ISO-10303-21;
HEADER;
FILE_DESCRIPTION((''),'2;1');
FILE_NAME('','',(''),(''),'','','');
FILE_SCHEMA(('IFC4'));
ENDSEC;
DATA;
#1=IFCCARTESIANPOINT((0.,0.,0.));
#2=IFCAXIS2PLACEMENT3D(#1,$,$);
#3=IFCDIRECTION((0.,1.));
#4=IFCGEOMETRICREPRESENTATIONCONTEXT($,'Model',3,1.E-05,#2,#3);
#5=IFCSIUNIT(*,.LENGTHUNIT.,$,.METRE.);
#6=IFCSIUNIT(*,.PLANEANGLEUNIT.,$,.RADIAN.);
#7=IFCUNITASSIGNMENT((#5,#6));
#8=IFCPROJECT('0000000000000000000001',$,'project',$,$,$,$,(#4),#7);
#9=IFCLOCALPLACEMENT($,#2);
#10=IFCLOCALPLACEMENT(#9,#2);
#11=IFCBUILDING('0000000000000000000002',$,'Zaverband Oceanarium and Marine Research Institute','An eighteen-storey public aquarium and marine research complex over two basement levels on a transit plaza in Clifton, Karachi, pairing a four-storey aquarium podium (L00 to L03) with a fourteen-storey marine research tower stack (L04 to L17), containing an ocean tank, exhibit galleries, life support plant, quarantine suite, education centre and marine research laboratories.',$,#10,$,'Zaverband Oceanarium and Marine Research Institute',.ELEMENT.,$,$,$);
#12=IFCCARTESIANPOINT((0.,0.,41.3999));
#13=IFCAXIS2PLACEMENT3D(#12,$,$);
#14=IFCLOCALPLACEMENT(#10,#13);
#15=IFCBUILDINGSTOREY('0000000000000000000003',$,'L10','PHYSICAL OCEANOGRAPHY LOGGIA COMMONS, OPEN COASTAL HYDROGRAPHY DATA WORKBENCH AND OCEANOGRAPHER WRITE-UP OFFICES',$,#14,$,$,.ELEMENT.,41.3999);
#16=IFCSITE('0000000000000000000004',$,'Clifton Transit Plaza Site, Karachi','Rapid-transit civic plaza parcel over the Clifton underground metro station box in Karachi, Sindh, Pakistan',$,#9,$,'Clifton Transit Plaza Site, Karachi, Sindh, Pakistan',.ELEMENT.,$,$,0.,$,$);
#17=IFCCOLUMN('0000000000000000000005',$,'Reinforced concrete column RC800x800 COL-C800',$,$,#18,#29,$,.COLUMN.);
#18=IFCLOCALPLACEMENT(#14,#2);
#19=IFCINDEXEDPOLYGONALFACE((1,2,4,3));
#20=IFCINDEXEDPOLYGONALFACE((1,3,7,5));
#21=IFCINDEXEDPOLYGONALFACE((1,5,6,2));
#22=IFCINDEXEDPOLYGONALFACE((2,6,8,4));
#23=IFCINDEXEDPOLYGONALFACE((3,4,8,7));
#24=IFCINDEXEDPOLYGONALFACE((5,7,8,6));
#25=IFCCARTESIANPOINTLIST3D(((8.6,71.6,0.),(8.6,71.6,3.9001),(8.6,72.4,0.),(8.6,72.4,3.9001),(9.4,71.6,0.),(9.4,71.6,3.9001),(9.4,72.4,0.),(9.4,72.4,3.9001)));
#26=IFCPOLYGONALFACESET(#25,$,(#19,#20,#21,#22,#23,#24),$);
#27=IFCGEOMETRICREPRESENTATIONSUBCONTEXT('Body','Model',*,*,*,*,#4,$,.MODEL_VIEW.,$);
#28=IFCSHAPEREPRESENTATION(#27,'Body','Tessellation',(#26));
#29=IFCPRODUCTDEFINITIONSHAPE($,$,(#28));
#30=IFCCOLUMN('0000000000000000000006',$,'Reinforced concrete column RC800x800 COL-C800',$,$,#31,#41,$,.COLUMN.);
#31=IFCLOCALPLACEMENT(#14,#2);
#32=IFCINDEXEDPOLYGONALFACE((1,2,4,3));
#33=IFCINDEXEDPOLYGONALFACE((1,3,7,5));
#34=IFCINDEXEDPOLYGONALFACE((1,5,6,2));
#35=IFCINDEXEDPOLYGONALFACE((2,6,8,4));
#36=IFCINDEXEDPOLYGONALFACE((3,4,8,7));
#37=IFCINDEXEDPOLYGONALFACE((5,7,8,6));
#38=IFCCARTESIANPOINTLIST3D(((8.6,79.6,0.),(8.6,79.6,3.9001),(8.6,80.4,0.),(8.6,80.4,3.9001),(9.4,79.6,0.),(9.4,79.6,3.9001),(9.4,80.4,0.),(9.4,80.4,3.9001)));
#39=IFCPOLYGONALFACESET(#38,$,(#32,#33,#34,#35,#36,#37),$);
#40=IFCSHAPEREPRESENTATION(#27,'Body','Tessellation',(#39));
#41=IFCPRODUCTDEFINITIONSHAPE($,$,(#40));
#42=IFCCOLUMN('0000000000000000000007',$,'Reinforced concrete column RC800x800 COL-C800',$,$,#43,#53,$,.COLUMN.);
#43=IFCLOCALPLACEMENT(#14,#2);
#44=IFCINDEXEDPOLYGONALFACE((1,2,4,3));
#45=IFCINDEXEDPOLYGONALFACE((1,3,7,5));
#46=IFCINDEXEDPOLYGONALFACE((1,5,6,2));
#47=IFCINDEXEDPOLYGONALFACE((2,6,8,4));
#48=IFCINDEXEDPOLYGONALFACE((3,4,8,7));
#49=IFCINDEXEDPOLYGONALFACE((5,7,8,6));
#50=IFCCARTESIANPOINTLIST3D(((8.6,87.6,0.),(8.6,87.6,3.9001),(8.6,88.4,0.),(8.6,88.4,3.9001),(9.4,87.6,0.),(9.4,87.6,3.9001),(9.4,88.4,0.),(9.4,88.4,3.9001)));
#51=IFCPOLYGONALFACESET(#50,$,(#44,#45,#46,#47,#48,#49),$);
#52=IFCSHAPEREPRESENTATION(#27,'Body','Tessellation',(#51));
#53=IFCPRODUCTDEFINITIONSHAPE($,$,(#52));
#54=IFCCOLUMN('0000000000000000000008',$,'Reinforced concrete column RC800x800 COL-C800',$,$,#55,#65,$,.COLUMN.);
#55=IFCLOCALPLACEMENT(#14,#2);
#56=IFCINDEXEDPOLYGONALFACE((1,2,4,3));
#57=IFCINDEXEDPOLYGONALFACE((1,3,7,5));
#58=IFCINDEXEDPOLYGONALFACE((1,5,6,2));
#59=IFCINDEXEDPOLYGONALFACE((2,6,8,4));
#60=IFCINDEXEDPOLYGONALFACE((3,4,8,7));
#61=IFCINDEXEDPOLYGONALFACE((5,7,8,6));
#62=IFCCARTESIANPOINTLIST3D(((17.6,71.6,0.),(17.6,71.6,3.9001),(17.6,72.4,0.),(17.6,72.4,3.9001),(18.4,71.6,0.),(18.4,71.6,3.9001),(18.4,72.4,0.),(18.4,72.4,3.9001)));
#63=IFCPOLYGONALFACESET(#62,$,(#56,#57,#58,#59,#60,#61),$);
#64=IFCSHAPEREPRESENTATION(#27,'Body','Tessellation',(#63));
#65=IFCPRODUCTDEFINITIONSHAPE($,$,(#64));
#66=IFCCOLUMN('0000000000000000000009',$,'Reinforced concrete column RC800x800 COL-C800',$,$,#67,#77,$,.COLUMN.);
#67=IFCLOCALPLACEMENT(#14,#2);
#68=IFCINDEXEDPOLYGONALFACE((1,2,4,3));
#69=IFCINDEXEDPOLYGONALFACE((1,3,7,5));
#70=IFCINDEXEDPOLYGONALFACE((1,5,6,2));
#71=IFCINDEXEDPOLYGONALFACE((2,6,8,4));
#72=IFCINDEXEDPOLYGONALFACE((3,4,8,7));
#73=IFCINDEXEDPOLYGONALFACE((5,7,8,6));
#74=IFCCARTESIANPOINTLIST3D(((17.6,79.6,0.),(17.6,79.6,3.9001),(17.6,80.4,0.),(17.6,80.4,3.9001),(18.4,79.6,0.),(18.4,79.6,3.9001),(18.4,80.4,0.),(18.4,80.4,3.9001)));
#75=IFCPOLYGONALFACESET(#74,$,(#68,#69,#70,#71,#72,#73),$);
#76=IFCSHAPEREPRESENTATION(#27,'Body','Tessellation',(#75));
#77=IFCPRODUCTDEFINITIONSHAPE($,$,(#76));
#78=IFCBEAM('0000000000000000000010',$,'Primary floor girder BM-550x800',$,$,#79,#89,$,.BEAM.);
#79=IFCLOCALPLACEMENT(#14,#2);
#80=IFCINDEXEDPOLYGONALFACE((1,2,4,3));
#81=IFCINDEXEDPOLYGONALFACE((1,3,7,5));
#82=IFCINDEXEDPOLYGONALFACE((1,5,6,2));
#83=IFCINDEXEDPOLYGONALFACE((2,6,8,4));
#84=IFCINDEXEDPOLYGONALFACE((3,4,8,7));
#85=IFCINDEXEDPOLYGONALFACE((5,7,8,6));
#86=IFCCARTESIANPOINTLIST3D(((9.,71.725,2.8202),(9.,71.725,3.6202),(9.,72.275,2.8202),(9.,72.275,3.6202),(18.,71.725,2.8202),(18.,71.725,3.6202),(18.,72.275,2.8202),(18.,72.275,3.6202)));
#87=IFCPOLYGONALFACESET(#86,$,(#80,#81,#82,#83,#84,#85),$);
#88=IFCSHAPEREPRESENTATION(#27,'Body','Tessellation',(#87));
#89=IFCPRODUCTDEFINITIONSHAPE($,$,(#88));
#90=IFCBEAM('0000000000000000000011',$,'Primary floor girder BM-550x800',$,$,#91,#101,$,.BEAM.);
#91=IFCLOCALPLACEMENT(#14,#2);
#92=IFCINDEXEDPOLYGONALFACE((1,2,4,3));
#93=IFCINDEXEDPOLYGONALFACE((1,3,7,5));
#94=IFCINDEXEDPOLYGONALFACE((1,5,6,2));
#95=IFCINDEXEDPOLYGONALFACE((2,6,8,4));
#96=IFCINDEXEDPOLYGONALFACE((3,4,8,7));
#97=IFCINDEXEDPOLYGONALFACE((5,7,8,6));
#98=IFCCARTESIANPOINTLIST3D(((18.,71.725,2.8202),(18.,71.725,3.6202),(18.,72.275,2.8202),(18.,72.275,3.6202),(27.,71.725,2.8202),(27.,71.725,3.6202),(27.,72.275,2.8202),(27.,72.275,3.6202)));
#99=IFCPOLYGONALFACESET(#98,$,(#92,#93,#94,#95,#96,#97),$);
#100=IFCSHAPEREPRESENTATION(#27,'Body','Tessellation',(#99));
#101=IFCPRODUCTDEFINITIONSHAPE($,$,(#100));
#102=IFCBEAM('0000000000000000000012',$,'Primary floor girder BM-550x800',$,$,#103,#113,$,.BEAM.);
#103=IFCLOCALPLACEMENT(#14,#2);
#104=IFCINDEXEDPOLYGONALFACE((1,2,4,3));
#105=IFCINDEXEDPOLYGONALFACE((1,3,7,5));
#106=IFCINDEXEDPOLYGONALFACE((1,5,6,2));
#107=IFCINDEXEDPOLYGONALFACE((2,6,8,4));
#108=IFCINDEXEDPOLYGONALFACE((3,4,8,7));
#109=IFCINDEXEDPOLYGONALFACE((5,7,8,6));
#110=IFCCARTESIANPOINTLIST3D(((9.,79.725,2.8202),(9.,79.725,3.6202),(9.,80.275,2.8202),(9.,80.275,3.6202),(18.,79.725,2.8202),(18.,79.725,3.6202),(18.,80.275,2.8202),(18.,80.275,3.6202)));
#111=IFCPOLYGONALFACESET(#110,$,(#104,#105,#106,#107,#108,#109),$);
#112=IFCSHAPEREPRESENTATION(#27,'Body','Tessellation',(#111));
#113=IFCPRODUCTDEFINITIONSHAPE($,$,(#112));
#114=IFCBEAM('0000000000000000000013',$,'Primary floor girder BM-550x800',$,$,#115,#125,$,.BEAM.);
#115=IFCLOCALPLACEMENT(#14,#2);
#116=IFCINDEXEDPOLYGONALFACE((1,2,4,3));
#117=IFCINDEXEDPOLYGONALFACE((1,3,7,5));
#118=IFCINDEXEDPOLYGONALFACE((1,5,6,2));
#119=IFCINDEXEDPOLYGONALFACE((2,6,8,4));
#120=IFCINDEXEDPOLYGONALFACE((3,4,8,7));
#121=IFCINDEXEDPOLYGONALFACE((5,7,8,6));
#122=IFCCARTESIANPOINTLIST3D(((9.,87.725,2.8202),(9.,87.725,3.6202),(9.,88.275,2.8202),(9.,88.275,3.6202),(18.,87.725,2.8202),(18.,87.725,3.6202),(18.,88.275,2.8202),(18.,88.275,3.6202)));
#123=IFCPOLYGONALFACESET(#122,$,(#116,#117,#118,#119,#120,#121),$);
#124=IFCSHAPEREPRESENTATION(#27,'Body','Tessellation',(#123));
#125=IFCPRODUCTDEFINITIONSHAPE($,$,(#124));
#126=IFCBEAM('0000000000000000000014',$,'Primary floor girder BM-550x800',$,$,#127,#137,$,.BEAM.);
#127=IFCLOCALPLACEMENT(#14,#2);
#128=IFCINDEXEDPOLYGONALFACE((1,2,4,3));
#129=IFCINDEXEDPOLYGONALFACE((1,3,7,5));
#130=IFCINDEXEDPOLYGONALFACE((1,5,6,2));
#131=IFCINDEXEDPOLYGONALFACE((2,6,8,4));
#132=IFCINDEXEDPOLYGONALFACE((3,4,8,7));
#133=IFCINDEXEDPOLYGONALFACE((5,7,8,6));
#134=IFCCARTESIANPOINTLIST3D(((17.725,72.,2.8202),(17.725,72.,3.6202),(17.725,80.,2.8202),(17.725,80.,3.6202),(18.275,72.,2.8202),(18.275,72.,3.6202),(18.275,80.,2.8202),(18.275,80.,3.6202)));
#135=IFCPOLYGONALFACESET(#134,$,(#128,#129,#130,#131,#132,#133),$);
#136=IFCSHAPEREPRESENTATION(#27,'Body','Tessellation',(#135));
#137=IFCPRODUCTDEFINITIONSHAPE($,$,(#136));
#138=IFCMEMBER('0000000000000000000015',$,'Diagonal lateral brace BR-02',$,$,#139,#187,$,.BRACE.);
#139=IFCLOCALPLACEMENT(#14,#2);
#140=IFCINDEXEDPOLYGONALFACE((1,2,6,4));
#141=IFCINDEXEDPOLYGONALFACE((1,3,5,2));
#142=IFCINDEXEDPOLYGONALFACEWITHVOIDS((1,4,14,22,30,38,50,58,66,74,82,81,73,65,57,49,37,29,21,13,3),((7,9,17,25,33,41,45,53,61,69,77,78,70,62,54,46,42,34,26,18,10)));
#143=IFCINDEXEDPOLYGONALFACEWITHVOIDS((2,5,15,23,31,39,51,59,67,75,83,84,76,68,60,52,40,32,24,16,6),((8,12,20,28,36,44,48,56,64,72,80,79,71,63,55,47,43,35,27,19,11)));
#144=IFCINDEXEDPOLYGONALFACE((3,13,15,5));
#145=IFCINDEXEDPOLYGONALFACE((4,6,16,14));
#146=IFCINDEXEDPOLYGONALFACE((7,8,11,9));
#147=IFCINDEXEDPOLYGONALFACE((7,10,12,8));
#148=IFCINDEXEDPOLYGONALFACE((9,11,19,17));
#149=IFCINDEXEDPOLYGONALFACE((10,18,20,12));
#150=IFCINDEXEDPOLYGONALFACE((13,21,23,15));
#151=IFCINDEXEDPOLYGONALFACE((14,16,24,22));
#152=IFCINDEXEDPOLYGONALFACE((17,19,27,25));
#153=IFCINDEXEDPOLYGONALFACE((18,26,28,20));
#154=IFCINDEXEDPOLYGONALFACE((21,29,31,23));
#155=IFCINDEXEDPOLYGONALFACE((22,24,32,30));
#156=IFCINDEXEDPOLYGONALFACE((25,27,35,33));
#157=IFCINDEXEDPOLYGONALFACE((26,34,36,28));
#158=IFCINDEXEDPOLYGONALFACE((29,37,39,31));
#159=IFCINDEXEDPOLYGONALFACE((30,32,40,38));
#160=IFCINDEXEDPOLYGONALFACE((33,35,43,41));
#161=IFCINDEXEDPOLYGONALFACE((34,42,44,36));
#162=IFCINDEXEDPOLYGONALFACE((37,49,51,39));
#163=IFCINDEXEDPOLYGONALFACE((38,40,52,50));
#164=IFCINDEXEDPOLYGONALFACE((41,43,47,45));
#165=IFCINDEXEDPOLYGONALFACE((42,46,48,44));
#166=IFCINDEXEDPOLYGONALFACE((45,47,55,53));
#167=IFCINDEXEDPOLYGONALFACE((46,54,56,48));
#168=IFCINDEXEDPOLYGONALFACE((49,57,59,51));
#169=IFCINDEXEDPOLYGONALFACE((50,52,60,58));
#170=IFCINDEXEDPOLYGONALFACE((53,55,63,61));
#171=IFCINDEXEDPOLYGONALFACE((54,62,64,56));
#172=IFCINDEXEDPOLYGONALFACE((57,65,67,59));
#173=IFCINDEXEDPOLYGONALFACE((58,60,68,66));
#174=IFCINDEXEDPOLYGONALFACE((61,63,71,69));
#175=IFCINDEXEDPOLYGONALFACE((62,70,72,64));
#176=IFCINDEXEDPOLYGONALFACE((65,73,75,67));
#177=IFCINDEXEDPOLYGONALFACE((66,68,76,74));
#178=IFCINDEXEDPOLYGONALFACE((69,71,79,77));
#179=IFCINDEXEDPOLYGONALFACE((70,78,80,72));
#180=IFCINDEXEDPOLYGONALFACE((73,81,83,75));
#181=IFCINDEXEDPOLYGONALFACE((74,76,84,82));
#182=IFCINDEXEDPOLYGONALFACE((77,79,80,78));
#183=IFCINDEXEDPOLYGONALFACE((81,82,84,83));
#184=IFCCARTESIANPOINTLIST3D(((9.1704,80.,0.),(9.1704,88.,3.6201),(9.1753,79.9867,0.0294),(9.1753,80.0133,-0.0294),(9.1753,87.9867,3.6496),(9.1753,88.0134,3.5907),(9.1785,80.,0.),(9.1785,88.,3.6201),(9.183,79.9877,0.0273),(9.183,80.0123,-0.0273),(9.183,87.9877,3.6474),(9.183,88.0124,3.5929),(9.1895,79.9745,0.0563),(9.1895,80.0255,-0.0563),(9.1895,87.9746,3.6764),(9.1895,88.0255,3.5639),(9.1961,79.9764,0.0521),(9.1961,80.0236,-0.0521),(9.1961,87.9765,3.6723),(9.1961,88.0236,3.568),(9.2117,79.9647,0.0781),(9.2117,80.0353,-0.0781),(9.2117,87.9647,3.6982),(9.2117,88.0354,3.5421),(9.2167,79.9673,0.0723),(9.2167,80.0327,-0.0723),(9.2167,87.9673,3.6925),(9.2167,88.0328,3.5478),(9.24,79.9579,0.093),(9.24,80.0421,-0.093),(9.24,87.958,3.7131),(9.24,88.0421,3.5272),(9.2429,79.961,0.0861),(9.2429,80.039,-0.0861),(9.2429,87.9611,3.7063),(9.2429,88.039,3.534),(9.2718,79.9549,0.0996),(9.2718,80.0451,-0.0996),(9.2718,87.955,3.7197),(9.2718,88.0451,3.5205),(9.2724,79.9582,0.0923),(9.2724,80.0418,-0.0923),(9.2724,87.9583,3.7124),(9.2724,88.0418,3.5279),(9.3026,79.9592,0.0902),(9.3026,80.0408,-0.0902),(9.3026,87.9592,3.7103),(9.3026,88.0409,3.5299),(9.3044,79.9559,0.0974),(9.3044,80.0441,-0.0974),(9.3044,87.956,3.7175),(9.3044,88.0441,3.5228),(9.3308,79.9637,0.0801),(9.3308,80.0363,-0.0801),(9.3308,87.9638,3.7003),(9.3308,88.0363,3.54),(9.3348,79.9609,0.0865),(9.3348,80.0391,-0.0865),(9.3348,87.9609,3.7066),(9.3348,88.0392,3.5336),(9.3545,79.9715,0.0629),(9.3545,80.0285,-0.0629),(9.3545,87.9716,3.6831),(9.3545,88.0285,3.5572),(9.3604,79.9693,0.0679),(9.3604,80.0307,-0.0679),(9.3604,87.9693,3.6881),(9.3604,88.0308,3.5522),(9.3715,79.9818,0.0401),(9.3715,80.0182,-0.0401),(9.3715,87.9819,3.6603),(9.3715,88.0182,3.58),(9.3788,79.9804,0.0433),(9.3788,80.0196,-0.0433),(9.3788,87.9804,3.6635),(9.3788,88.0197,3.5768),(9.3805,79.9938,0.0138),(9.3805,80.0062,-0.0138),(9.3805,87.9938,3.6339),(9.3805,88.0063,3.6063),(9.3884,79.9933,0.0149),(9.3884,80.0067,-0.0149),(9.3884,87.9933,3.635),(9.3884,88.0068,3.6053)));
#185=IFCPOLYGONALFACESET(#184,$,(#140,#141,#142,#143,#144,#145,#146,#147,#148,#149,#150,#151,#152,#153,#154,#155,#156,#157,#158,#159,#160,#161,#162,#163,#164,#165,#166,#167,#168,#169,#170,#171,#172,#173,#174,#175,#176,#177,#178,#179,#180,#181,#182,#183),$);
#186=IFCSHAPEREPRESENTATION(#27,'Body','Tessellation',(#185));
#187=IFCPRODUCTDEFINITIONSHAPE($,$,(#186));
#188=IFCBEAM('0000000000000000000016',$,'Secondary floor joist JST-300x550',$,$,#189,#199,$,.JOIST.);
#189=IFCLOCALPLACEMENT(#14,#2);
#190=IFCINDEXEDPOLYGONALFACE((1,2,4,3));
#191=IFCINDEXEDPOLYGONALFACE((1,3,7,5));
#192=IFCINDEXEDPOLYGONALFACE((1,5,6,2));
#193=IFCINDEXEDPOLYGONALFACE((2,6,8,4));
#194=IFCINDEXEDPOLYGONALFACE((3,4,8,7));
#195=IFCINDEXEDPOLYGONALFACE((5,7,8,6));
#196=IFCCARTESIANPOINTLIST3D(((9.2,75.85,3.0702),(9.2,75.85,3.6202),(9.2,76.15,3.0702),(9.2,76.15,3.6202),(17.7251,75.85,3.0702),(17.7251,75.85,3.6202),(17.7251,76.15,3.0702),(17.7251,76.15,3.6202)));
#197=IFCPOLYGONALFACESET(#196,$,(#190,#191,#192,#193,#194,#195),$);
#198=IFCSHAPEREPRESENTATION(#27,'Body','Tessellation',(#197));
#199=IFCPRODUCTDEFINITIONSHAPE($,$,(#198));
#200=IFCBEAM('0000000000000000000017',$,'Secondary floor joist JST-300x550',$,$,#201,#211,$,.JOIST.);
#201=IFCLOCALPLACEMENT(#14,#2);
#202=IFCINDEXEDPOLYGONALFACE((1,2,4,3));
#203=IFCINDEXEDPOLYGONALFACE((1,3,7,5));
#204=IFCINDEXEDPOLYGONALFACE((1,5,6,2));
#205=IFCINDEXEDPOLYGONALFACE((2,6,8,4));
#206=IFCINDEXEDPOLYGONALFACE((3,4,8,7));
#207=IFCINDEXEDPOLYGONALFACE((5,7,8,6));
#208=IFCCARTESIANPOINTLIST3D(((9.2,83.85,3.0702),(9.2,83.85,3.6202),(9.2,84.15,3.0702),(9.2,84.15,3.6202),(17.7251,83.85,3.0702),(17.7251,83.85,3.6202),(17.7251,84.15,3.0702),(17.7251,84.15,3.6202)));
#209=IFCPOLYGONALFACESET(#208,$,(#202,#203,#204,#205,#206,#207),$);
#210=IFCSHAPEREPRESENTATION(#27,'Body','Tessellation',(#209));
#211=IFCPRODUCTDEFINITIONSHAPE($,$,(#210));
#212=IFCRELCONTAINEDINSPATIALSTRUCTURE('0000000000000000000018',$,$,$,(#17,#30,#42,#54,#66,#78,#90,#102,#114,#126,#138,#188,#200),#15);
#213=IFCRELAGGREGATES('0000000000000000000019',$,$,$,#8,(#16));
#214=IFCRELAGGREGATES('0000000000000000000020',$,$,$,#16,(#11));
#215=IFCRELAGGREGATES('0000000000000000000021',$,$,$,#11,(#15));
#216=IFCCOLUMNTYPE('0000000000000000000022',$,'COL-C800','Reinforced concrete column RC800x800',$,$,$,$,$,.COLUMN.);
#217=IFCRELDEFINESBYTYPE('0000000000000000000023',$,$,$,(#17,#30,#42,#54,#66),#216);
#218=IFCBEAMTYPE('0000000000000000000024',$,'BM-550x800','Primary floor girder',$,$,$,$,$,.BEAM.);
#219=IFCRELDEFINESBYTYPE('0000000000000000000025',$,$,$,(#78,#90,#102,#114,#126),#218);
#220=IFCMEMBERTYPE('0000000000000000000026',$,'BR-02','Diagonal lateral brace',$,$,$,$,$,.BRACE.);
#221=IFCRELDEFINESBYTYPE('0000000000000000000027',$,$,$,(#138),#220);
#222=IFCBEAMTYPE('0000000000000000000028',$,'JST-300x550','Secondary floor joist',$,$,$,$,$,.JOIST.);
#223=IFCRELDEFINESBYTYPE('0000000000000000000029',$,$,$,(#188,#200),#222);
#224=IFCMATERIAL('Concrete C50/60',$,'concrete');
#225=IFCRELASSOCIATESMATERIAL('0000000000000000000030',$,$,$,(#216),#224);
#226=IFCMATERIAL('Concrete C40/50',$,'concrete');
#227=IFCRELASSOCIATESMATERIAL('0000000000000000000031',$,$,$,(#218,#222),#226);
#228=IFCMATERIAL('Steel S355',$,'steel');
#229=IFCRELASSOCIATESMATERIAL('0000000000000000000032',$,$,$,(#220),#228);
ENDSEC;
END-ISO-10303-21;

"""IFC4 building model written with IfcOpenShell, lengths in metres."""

from ifc_helpers import new_model, si_unit, direction, frame, origin, origin_2d, place, context, subcontext, project, spatial, rectangle, hollow_circle, extrude, material, material_profile, profile_set, type_object, element, save


model = new_model("IFC4")

# Units and contexts
model_context = context("Model", 3, precision=1e-05, world=origin(), true_north=direction((0.0, 1.0)))
body_context = subcontext(model_context, "Body", "Model", "MODEL_VIEW")
ifc_project = project(units=[si_unit("LENGTHUNIT", "METRE"), si_unit("PLANEANGLEUNIT", "RADIAN")], contexts=[model_context])

# Site, building, storey
site_placement = place(None, origin())
site = spatial("IfcSite", under=ifc_project, at=site_placement, Name="Clifton Transit Plaza Site, Karachi", Description="Rapid-transit civic plaza parcel over the Clifton underground metro station box in Karachi, Sindh, Pakistan", LongName="Clifton Transit Plaza Site, Karachi, Sindh, Pakistan", CompositionType="ELEMENT", RefElevation=0.0)
building_placement = place(site_placement, origin())
building = spatial("IfcBuilding", under=site, at=building_placement, Name="Zaverband Oceanarium and Marine Research Institute", Description="An eighteen-storey public aquarium and marine research complex over two basement levels on a transit plaza in Clifton, Karachi, pairing a four-storey aquarium podium (L00 to L03) with a fourteen-storey marine research tower stack (L04 to L17), containing an ocean tank, exhibit galleries, life support plant, quarantine suite, education centre and marine research laboratories.", LongName="Zaverband Oceanarium and Marine Research Institute", CompositionType="ELEMENT")
storey_placement = place(building_placement, frame((0.0, 0.0, 41.3999)))
storey = spatial("IfcBuildingStorey", under=building, at=storey_placement, Name="L10", Description="PHYSICAL OCEANOGRAPHY LOGGIA COMMONS, OPEN COASTAL HYDROGRAPHY DATA WORKBENCH AND OCEANOGRAPHER WRITE-UP OFFICES", CompositionType="ELEMENT", Elevation=41.3999)

# Columns
ifc_material_1 = material(Name="Concrete C50/60", Category="concrete")
ifc_material_profile_1 = material_profile(ifc_material_1, rectangle(XDim=0.8, YDim=0.8, at=origin_2d()), Name="RC800x800")
ifc_profile_set_1 = profile_set([ifc_material_profile_1], Name="Concrete C50/60")
column_type = type_object("IfcColumnType", Name="COL-C800", Description="Reinforced concrete column RC800x800", PredefinedType="COLUMN", material=ifc_profile_set_1)
for number, where, z_axis, x_axis, name in (
    (1, (9.0, 72.0, 0.0), (0.0, 0.0, 1.0), (1.0, 0.0, 0.0), "Reinforced concrete column RC800x800 COL-C800"),
    (2, (9.0, 80.0, 0.0), (0.0, 0.0, 1.0), (1.0, 0.0, 0.0), "Reinforced concrete column RC800x800 COL-C800"),
    (3, (9.0, 88.0, 0.0), (0.0, 0.0, 1.0), (1.0, 0.0, 0.0), "Reinforced concrete column RC800x800 COL-C800"),
    (4, (18.0, 72.0, 0.0), (0.0, 0.0, 1.0), (1.0, 0.0, 0.0), "Reinforced concrete column RC800x800 COL-C800"),
    (5, (18.0, 80.0, 0.0), (0.0, 0.0, 1.0), (1.0, 0.0, 0.0), "Reinforced concrete column RC800x800 COL-C800"),
):
    element("IfcColumn", number, at=place(storey_placement, frame(where, z_axis=z_axis, x_axis=x_axis)), inside=storey, type_object=column_type, Name=name, PredefinedType="COLUMN", context=body_context, shape_type="SweptSolid", body=[
        extrude(rectangle(XDim=0.8, YDim=0.8, at=origin_2d()), origin(), (0.0, 0.0, 1.0), 3.9001),
    ])

# Beams
ifc_material_2 = material(Name="Concrete C40/50", Category="concrete")
ifc_material_profile_2 = material_profile(ifc_material_2, rectangle(XDim=0.55, YDim=0.8, at=origin_2d()), Name="RC550x800")
ifc_profile_set_2 = profile_set([ifc_material_profile_2], Name="Concrete C40/50")
beam_type_1 = type_object("IfcBeamType", Name="BM-550x800", Description="Primary floor girder", PredefinedType="BEAM", material=ifc_profile_set_2)
for number, where, z_axis, x_axis, name in (
    (6, (9.0, 72.0, 3.2202), (1.0, 0.0, 0.0), (0.0, 1.0, 0.0), "Primary floor girder BM-550x800"),
    (7, (18.0, 72.0, 3.2202), (1.0, 0.0, 0.0), (0.0, 1.0, 0.0), "Primary floor girder BM-550x800"),
    (8, (9.0, 80.0, 3.2202), (1.0, 0.0, 0.0), (0.0, 1.0, 0.0), "Primary floor girder BM-550x800"),
    (9, (9.0, 88.0, 3.2202), (1.0, 0.0, 0.0), (0.0, 1.0, 0.0), "Primary floor girder BM-550x800"),
):
    element("IfcBeam", number, at=place(storey_placement, frame(where, z_axis=z_axis, x_axis=x_axis)), inside=storey, type_object=beam_type_1, Name=name, PredefinedType="BEAM", context=body_context, shape_type="SweptSolid", body=[
        extrude(rectangle(XDim=0.55, YDim=0.8, at=origin_2d()), origin(), (0.0, 0.0, 1.0), 9.0),
    ])
beam_placement = place(storey_placement, frame((18.0, 72.0, 3.2202), z_axis=(0.0, 1.0, 0.0), x_axis=(-1.0, 0.0, 0.0)))
element("IfcBeam", 10, at=beam_placement, inside=storey, type_object=beam_type_1, Name="Primary floor girder BM-550x800", PredefinedType="BEAM", context=body_context, shape_type="SweptSolid", body=[
    extrude(rectangle(XDim=0.55, YDim=0.8, at=origin_2d()), origin(), (0.0, 0.0, 1.0), 8.0),
])

# Member
ifc_material_3 = material(Name="Steel S355", Category="steel")
ifc_material_profile_3 = material_profile(ifc_material_3, hollow_circle(Radius=0.1096, WallThickness=0.0081, at=origin_2d()), Name="CHS219x8")
ifc_profile_set_3 = profile_set([ifc_material_profile_3], Name="Steel S355")
member_type_1 = type_object("IfcMemberType", Name="BR-02", Description="Diagonal lateral brace", PredefinedType="BRACE", material=ifc_profile_set_3)
member_1_placement = place(storey_placement, frame((9.28, 80.0, 0.0), z_axis=(0.0, 0.911062, 0.412269), x_axis=(-1.0, 0.0, 0.0)))
element("IfcMember", 11, at=member_1_placement, inside=storey, type_object=member_type_1, Name="Diagonal lateral brace BR-02", PredefinedType="BRACE", context=body_context, shape_type="SweptSolid", body=[
    extrude(hollow_circle(Radius=0.1096, WallThickness=0.0081, at=origin_2d()), origin(), (0.0, 0.0, 1.0), 8.781),
])

# Beams
ifc_material_profile_4 = material_profile(ifc_material_2, rectangle(XDim=0.3, YDim=0.55, at=origin_2d()), Name="RC300x550")
ifc_profile_set_4 = profile_set([ifc_material_profile_4], Name="Concrete C40/50")
beam_type_2 = type_object("IfcBeamType", Name="JST-300x550", Description="Secondary floor joist", PredefinedType="JOIST", material=ifc_profile_set_4)
for number, where, z_axis, x_axis, name in (
    (12, (9.2, 76.0, 3.3452), (1.0, 0.0, 0.0), (0.0, 1.0, 0.0), "Secondary floor joist JST-300x550"),
    (13, (9.2, 84.0, 3.3452), (1.0, 0.0, 0.0), (0.0, 1.0, 0.0), "Secondary floor joist JST-300x550"),
):
    element("IfcBeam", number, at=place(storey_placement, frame(where, z_axis=z_axis, x_axis=x_axis)), inside=storey, type_object=beam_type_2, Name=name, PredefinedType="JOIST", context=body_context, shape_type="SweptSolid", body=[
        extrude(rectangle(XDim=0.3, YDim=0.55, at=origin_2d()), origin(), (0.0, 0.0, 1.0), 8.5251),
    ])

save(model, "model.ifc")
